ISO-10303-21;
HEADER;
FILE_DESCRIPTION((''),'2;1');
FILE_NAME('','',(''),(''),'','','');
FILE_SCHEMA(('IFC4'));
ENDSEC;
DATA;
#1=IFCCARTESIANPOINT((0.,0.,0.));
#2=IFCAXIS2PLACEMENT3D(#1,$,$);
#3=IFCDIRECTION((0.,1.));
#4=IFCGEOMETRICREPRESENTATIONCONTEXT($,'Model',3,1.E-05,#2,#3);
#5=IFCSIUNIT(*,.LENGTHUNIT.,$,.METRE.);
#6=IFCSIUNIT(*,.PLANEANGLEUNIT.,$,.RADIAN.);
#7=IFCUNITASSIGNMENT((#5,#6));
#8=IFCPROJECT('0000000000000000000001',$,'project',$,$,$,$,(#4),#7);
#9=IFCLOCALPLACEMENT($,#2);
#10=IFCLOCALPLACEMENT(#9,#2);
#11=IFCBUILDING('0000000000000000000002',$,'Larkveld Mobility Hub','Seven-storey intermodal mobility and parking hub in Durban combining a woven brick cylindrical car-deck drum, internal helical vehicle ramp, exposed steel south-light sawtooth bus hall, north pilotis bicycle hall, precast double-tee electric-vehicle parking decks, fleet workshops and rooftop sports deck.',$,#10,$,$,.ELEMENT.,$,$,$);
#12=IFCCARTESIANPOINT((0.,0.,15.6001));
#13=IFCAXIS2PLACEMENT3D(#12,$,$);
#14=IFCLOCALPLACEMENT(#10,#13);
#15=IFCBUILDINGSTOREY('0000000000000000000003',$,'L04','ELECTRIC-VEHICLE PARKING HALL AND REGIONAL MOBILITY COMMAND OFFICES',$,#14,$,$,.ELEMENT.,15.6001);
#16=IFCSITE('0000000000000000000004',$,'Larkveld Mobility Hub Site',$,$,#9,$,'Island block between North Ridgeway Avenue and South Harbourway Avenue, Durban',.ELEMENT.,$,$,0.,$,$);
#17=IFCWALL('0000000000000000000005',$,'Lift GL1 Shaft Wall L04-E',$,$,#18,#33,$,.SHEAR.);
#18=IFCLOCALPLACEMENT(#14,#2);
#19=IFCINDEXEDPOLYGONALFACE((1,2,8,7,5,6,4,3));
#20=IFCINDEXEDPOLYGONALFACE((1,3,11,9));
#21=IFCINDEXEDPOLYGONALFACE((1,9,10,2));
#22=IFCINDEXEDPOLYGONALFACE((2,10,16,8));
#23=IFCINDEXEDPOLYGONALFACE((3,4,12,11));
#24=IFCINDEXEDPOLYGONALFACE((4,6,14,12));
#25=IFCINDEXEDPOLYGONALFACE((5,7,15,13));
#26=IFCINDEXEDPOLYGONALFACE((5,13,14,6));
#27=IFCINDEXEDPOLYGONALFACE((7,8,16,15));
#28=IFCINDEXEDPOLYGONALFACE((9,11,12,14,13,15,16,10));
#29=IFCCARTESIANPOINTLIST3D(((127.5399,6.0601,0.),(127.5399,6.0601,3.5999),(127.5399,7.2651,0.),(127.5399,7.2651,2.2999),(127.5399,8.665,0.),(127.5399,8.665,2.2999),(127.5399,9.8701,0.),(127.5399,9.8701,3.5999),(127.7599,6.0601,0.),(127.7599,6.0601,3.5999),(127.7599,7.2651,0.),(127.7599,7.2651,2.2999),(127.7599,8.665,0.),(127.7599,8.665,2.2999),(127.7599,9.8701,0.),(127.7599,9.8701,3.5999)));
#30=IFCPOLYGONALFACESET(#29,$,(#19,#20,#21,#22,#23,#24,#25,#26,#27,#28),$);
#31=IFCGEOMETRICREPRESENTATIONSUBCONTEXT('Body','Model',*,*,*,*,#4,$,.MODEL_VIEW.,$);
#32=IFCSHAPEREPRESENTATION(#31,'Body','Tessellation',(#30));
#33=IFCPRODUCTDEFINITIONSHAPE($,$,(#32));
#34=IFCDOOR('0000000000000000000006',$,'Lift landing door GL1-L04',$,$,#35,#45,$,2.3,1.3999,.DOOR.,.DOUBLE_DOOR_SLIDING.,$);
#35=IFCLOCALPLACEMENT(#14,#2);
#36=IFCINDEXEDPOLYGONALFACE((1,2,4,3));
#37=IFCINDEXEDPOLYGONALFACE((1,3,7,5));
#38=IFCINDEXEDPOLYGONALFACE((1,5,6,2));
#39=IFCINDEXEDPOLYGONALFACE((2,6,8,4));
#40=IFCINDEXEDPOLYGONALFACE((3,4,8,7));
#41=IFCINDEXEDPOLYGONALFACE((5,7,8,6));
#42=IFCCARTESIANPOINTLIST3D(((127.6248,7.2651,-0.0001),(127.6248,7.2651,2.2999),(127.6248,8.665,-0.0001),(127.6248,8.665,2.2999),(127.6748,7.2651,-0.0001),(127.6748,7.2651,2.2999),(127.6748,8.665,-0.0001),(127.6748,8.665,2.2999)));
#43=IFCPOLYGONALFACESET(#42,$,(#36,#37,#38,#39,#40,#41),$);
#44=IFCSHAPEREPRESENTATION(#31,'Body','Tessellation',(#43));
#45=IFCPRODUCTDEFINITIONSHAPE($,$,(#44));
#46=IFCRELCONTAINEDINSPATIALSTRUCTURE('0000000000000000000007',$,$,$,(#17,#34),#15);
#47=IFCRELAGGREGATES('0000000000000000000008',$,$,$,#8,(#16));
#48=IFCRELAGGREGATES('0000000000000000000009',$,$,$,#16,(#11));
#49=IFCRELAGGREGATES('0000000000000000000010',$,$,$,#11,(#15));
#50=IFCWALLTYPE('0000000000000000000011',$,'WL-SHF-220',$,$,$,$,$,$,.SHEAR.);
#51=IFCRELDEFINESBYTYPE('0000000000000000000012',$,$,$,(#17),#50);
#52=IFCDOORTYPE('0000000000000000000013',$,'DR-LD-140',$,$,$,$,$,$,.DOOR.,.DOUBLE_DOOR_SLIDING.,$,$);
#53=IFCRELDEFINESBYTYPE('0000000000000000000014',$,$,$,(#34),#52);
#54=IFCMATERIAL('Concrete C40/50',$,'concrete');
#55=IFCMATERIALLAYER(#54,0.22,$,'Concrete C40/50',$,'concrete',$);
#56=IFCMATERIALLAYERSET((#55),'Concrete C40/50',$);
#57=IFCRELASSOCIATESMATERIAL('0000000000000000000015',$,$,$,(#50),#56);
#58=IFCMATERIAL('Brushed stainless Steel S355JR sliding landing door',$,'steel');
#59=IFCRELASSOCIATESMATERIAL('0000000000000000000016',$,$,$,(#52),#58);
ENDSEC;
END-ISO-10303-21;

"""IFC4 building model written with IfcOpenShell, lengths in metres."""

from ifc_helpers import new_model, si_unit, direction, frame, frame_2d, origin, place, context, subcontext, project, spatial, rectangle, extrude, material, layer, layer_set, type_object, element, fill, save


model = new_model("IFC4")

# Units and contexts
model_context = context("Model", 3, precision=1e-05, world=origin(), true_north=direction((0.0, 1.0)))
body_context = subcontext(model_context, "Body", "Model", "MODEL_VIEW")
ifc_project = project(units=[si_unit("LENGTHUNIT", "METRE"), si_unit("PLANEANGLEUNIT", "RADIAN")], contexts=[model_context])

# Site, building, storey
site_placement = place(None, origin())
site = spatial("IfcSite", under=ifc_project, at=site_placement, Name="Larkveld Mobility Hub Site", LongName="Island block between North Ridgeway Avenue and South Harbourway Avenue, Durban", CompositionType="ELEMENT", RefElevation=0.0)
building_placement = place(site_placement, origin())
building = spatial("IfcBuilding", under=site, at=building_placement, Name="Larkveld Mobility Hub", Description="Seven-storey intermodal mobility and parking hub in Durban combining a woven brick cylindrical car-deck drum, internal helical vehicle ramp, exposed steel south-light sawtooth bus hall, north pilotis bicycle hall, precast double-tee electric-vehicle parking decks, fleet workshops and rooftop sports deck.", CompositionType="ELEMENT")
storey_placement = place(building_placement, frame((0.0, 0.0, 15.6001)))
storey = spatial("IfcBuildingStorey", under=building, at=storey_placement, Name="L04", Description="ELECTRIC-VEHICLE PARKING HALL AND REGIONAL MOBILITY COMMAND OFFICES", CompositionType="ELEMENT", Elevation=15.6001)

# Shared definitions
ifc_material_1 = material(Name="Concrete C40/50", Category="concrete")

# Wall, opening, door
ifc_layer_1 = layer(ifc_material_1, 0.22, Name="Concrete C40/50", Category="concrete")
ifc_layer_set_1 = layer_set([ifc_layer_1], Name="Concrete C40/50")
wall_type_1 = type_object("IfcWallType", Name="WL-SHF-220", PredefinedType="SHEAR", material=ifc_layer_set_1)
wall_1_placement = place(storey_placement, frame((127.6499, 9.8701, 0.0), z_axis=(0.0, 0.0, 1.0), x_axis=(0.0, -1.0, 0.0)))
wall_1 = element("IfcWall", 1, at=wall_1_placement, inside=storey, type_object=wall_type_1, Name="Lift GL1 Shaft Wall L04-E", PredefinedType="SHEAR", context=body_context, shape_type="SweptSolid", body=[
    extrude(rectangle(XDim=3.8101, YDim=0.22, at=frame_2d((1.905, 0.0))), origin(), (0.0, 0.0, 1.0), 3.5999),
])
opening_1_placement = place(wall_1_placement, frame((1.2051, 0.0, 0.0)))
opening_1 = element("IfcOpeningElement", 2, at=opening_1_placement, cuts=wall_1, PredefinedType="OPENING", context=body_context, shape_type="SweptSolid", body=[
    extrude(rectangle(XDim=1.3999, YDim=2.3, at=frame_2d((0.7, 1.1499))), frame((0.0, 0.1201, 0.0), z_axis=(0.0, -1.0, 0.0), x_axis=(1.0, 0.0, 0.0)), (0.0, 0.0, 1.0), 0.24),
])
ifc_material_2 = material(Name="Brushed stainless Steel S355JR sliding landing door", Category="steel")
door_type_1 = type_object("IfcDoorType", Name="DR-LD-140", OperationType="DOUBLE_DOOR_SLIDING", PredefinedType="DOOR", material=ifc_material_2)
door_1_placement = place(opening_1_placement, origin())
door_1 = element("IfcDoor", 3, at=door_1_placement, inside=storey, type_object=door_type_1, Name="Lift landing door GL1-L04", OperationType="DOUBLE_DOOR_SLIDING", OverallHeight=2.3, OverallWidth=1.3999, PredefinedType="DOOR", context=body_context, shape_type="SweptSolid", body=[
    extrude(rectangle(XDim=1.3999, YDim=2.3, at=frame_2d((0.7, 1.1499))), frame((0.0, 0.0249, 0.0), z_axis=(0.0, -1.0, 0.0), x_axis=(1.0, 0.0, 0.0)), (0.0, 0.0, 1.0), 0.05),
])
fill(opening_1, door_1)

save(model, "model.ifc")
